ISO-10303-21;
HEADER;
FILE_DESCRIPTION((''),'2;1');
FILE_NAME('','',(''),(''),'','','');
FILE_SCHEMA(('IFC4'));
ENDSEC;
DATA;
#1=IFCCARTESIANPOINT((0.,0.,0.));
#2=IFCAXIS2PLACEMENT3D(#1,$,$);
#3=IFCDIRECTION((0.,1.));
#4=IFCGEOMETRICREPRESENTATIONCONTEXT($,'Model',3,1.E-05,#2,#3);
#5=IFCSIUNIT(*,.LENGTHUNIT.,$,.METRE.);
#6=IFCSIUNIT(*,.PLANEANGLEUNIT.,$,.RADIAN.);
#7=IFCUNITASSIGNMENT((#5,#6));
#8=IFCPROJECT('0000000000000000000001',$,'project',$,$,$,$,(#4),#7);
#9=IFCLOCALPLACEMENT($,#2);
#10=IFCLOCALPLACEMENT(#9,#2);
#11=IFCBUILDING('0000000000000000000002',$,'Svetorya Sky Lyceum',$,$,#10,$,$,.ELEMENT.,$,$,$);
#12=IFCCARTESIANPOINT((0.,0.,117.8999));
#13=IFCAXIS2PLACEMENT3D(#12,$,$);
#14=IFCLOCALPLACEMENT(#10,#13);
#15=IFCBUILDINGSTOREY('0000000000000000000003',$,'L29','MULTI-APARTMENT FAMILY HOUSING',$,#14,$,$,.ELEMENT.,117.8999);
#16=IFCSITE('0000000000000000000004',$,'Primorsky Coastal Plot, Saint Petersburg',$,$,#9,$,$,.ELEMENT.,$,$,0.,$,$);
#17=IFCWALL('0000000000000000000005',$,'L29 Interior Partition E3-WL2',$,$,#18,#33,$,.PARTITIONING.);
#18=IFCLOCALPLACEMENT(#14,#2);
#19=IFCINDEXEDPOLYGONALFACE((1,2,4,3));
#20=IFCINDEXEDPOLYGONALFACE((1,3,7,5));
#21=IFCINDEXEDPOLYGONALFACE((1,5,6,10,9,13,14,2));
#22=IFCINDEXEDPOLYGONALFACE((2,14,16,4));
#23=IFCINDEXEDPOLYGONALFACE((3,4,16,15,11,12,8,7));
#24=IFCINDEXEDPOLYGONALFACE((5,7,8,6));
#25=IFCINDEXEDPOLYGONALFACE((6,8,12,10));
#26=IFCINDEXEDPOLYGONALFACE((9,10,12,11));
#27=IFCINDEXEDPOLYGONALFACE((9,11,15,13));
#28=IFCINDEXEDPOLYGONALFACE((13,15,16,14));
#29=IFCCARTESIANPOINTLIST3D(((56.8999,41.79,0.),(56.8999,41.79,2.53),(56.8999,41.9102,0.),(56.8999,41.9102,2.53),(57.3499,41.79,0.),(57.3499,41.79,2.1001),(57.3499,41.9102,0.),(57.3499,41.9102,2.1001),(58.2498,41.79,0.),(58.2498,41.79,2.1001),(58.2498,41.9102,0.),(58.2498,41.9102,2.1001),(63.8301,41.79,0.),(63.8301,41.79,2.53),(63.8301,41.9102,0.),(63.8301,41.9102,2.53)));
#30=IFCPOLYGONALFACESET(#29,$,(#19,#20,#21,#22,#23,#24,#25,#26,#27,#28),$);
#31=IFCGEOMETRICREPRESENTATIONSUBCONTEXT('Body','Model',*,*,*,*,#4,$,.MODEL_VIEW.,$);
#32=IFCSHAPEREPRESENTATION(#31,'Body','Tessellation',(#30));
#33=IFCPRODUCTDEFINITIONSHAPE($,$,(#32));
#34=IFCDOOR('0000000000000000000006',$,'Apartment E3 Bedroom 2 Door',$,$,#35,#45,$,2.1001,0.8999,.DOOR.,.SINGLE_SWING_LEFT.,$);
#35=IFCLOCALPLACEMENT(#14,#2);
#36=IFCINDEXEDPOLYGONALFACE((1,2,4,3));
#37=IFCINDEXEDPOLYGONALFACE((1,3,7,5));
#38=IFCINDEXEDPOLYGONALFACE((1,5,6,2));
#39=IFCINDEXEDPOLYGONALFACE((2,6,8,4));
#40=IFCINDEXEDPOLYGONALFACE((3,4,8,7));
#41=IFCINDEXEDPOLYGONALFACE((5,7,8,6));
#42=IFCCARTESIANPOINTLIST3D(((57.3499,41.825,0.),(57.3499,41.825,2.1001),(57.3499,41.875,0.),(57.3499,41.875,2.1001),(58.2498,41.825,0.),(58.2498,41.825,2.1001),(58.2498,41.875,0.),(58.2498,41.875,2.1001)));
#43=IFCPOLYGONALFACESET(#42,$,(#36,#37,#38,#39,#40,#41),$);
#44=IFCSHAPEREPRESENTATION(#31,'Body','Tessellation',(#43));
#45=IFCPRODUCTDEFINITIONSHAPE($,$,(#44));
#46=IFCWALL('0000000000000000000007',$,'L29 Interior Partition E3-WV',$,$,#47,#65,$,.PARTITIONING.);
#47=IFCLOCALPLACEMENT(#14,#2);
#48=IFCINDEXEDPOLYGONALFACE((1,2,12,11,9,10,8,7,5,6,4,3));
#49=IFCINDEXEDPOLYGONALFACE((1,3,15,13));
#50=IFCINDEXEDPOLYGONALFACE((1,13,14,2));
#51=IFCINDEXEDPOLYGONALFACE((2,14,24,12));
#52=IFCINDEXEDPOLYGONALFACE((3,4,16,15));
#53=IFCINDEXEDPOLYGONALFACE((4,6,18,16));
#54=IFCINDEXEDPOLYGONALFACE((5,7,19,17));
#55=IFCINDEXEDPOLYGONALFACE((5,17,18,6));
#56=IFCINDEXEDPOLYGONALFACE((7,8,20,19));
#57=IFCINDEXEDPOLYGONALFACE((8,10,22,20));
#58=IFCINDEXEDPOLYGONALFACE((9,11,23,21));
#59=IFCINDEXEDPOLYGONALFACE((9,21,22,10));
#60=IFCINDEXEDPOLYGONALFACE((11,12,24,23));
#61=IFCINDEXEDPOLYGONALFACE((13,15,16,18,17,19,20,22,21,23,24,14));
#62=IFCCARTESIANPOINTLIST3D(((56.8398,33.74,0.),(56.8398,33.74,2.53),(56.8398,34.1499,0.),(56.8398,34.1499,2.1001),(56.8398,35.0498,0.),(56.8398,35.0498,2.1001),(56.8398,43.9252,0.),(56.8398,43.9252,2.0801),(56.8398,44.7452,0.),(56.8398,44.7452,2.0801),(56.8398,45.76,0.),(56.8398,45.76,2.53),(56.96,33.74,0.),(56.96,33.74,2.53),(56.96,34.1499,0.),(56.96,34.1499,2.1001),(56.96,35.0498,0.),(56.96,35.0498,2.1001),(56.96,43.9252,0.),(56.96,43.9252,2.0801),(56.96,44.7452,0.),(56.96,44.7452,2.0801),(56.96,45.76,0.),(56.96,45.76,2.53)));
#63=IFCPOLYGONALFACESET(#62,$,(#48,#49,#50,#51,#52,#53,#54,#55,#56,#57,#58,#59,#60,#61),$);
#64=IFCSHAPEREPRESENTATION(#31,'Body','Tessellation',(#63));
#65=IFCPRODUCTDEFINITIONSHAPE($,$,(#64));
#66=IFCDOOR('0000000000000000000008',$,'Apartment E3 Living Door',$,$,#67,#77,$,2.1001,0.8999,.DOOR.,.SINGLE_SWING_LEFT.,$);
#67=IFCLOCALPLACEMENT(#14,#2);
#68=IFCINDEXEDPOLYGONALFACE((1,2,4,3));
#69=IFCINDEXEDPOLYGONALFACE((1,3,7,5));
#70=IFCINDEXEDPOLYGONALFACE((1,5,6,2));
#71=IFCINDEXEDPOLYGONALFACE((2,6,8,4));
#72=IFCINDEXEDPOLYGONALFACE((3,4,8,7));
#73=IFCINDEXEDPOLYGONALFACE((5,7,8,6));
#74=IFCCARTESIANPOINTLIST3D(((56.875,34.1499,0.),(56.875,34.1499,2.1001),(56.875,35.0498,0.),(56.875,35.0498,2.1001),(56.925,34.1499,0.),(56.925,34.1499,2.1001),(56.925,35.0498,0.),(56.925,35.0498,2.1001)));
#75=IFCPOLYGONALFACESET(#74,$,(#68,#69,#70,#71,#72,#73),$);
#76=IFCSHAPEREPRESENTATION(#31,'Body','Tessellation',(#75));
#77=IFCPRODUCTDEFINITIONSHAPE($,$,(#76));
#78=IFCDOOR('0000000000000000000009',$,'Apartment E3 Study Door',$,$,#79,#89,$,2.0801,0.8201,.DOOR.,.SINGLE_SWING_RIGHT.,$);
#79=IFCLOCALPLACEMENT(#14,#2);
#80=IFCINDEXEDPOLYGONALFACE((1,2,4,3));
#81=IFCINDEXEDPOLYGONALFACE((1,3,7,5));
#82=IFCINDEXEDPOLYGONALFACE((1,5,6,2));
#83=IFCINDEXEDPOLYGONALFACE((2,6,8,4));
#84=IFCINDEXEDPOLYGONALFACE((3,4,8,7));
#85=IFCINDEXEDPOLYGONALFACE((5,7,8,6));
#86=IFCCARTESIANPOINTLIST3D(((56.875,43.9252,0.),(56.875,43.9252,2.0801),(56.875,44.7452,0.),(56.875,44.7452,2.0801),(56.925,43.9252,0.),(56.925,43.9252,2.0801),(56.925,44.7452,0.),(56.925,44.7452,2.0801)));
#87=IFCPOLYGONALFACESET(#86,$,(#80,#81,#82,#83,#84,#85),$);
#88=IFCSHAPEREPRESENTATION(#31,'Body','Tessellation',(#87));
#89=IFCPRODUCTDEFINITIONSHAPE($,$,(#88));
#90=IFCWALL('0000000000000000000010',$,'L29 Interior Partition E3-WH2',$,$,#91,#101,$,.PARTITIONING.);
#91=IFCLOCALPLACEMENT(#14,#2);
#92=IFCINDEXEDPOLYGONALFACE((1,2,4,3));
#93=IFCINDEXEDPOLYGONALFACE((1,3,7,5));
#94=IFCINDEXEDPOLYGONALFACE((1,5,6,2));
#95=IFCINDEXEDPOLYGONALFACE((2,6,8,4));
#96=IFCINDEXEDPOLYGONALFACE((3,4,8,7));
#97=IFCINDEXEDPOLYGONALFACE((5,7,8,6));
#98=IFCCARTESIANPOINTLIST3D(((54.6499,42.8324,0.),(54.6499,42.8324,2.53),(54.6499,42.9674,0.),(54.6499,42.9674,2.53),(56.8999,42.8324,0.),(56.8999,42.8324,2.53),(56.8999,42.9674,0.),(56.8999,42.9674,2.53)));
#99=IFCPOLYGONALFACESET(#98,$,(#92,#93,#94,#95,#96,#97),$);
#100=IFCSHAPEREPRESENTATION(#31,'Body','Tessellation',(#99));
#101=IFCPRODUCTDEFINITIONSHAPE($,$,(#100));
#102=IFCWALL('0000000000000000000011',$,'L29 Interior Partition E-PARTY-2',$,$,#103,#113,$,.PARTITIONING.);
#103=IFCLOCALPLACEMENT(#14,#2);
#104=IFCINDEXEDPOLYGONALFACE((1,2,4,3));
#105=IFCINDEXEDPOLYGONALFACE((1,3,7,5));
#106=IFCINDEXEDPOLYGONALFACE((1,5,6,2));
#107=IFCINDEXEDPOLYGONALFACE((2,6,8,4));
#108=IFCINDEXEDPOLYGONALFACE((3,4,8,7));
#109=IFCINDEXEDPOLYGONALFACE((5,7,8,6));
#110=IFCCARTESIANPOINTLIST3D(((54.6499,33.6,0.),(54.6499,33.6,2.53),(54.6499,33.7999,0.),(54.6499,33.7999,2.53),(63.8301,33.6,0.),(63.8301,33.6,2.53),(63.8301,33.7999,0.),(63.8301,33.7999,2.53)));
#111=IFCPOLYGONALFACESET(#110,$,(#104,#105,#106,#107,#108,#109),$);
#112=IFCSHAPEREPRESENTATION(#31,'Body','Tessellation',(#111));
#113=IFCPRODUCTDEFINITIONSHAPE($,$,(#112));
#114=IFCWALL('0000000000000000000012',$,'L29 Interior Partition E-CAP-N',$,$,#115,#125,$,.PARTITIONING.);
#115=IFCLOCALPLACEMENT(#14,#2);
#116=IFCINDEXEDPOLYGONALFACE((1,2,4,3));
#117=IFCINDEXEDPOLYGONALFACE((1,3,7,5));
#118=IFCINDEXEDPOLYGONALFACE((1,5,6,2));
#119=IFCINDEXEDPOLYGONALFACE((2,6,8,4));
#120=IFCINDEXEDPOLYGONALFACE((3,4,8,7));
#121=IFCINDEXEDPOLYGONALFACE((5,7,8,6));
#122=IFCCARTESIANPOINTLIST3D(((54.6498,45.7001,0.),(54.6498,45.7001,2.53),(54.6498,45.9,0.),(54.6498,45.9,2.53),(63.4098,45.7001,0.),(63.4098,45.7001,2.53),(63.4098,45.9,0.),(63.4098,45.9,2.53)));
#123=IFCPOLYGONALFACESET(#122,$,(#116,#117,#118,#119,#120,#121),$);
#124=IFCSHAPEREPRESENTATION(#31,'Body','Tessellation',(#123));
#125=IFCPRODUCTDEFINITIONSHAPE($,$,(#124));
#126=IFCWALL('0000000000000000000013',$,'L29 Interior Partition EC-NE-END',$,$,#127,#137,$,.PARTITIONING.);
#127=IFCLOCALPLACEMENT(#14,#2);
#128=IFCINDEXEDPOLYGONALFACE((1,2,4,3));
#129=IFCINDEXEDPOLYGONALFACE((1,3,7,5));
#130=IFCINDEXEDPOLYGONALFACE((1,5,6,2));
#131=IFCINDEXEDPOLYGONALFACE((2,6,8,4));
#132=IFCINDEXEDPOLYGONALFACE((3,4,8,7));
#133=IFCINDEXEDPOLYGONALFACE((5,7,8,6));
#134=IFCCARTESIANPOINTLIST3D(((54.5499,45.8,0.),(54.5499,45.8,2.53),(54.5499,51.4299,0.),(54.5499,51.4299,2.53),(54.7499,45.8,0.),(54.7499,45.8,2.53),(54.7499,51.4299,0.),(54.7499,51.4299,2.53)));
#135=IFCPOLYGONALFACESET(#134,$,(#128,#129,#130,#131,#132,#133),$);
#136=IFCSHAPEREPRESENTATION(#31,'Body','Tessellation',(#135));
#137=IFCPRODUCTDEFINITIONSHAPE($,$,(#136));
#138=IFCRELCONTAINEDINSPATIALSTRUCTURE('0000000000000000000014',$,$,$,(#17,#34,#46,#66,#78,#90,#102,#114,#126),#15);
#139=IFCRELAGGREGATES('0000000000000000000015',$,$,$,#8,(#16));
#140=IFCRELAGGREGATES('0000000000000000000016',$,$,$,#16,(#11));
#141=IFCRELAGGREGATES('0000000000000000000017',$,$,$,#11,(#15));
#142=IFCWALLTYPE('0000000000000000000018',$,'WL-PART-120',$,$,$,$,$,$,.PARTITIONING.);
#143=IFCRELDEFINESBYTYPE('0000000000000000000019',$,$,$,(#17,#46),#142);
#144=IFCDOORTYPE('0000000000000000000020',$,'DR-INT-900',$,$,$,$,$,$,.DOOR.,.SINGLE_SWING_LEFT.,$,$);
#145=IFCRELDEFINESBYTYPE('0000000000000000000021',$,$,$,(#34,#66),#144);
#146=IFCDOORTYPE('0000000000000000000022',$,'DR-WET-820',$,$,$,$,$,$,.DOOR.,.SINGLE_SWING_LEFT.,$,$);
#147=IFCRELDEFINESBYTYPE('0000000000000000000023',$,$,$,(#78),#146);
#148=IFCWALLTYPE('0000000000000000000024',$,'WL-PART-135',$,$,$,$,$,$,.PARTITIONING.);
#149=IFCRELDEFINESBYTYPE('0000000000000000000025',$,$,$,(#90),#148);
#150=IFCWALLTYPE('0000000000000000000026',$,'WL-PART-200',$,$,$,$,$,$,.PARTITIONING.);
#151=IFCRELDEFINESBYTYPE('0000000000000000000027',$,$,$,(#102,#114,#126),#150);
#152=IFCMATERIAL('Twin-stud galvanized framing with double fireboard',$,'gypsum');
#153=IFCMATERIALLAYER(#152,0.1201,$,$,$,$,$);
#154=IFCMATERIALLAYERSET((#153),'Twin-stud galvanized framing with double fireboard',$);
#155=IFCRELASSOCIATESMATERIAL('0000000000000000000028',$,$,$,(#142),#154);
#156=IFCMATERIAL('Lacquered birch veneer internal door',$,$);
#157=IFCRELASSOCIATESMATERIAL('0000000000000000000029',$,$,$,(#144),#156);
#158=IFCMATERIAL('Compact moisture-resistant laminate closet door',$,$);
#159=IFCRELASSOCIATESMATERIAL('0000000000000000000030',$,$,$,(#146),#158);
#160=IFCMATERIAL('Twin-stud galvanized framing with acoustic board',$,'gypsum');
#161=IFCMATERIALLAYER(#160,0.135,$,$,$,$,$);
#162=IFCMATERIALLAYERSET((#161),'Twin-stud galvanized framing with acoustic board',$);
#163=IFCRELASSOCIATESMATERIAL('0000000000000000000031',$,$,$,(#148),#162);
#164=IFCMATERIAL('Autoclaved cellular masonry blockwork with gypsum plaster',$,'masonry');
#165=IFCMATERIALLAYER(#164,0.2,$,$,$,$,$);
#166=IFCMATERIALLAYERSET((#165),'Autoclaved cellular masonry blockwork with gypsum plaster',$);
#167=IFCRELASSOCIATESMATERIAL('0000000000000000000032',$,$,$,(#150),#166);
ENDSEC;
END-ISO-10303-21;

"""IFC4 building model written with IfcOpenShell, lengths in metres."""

from ifc_helpers import new_model, si_unit, direction, frame, frame_2d, origin, place, context, subcontext, project, spatial, rectangle, extrude, material, layer, layer_set, type_object, element, fill, save


model = new_model("IFC4")

# Units and contexts
model_context = context("Model", 3, precision=1e-05, world=origin(), true_north=direction((0.0, 1.0)))
body_context = subcontext(model_context, "Body", "Model", "MODEL_VIEW")
ifc_project = project(units=[si_unit("LENGTHUNIT", "METRE"), si_unit("PLANEANGLEUNIT", "RADIAN")], contexts=[model_context])

# Site, building, storey
site_placement = place(None, origin())
site = spatial("IfcSite", under=ifc_project, at=site_placement, Name="Primorsky Coastal Plot, Saint Petersburg", CompositionType="ELEMENT", RefElevation=0.0)
building_placement = place(site_placement, origin())
building = spatial("IfcBuilding", under=site, at=building_placement, Name="Svetorya Sky Lyceum", CompositionType="ELEMENT")
storey_placement = place(building_placement, frame((0.0, 0.0, 117.8999)))
storey = spatial("IfcBuildingStorey", under=building, at=storey_placement, Name="L29", Description="MULTI-APARTMENT FAMILY HOUSING", CompositionType="ELEMENT", Elevation=117.8999)

# Wall, opening, door
ifc_material_1 = material(Name="Twin-stud galvanized framing with double fireboard", Category="gypsum")
ifc_layer_1 = layer(ifc_material_1, 0.1201)
ifc_layer_set_1 = layer_set([ifc_layer_1], Name="Twin-stud galvanized framing with double fireboard")
wall_type_1 = type_object("IfcWallType", Name="WL-PART-120", PredefinedType="PARTITIONING", material=ifc_layer_set_1)
ifc_material_2 = material(Name="Lacquered birch veneer internal door")
door_type_1 = type_object("IfcDoorType", Name="DR-INT-900", OperationType="SINGLE_SWING_LEFT", PredefinedType="DOOR", material=ifc_material_2)
wall_1_placement = place(storey_placement, frame((56.8999, 41.8501, 0.0), z_axis=(0.0, 0.0, 1.0), x_axis=(1.0, 0.0, 0.0)))
wall_1 = element("IfcWall", 1, at=wall_1_placement, inside=storey, type_object=wall_type_1, Name="L29 Interior Partition E3-WL2", PredefinedType="PARTITIONING", context=body_context, shape_type="SweptSolid", body=[
    extrude(rectangle(XDim=6.9302, YDim=0.1201, at=frame_2d((3.4651, 0.0))), origin(), (0.0, 0.0, 1.0), 2.53),
])
opening_1_placement = place(wall_1_placement, frame((0.45, 0.0, 0.0)))
opening_1 = element("IfcOpeningElement", 2, at=opening_1_placement, cuts=wall_1, PredefinedType="OPENING", context=body_context, shape_type="SweptSolid", body=[
    extrude(rectangle(XDim=0.8999, YDim=2.1001, at=frame_2d((0.45, 1.05))), frame((0.0, 0.0701, 0.0), z_axis=(0.0, -1.0, 0.0), x_axis=(1.0, 0.0, 0.0)), (0.0, 0.0, 1.0), 0.1401),
])
door_1_placement = place(opening_1_placement, origin())
door_1 = element("IfcDoor", 3, at=door_1_placement, inside=storey, type_object=door_type_1, Name="Apartment E3 Bedroom 2 Door", OperationType="SINGLE_SWING_LEFT", OverallHeight=2.1001, OverallWidth=0.8999, PredefinedType="DOOR", context=body_context, shape_type="SweptSolid", body=[
    extrude(rectangle(XDim=0.8999, YDim=2.1001, at=frame_2d((0.45, 1.05))), frame((0.0, 0.0249, 0.0), z_axis=(0.0, -1.0, 0.0), x_axis=(1.0, 0.0, 0.0)), (0.0, 0.0, 1.0), 0.05),
])
fill(opening_1, door_1)

# Wall, openings, doors
wall_2_placement = place(storey_placement, frame((56.8999, 33.74, 0.0), z_axis=(0.0, 0.0, 1.0), x_axis=(0.0, 1.0, 0.0)))
wall_2 = element("IfcWall", 4, at=wall_2_placement, inside=storey, type_object=wall_type_1, Name="L29 Interior Partition E3-WV", PredefinedType="PARTITIONING", context=body_context, shape_type="SweptSolid", body=[
    extrude(rectangle(XDim=12.02, YDim=0.1201, at=frame_2d((6.01, 0.0))), origin(), (0.0, 0.0, 1.0), 2.53),
])
opening_2_placement = place(wall_2_placement, frame((0.4099, 0.0, 0.0)))
opening_2 = element("IfcOpeningElement", 5, at=opening_2_placement, cuts=wall_2, PredefinedType="OPENING", context=body_context, shape_type="SweptSolid", body=[
    extrude(rectangle(XDim=0.8999, YDim=2.1001, at=frame_2d((0.45, 1.05))), frame((0.0, 0.0701, 0.0), z_axis=(0.0, -1.0, 0.0), x_axis=(1.0, 0.0, 0.0)), (0.0, 0.0, 1.0), 0.1401),
])
opening_3_placement = place(wall_2_placement, frame((10.1851, 0.0, 0.0)))
opening_3 = element("IfcOpeningElement", 6, at=opening_3_placement, cuts=wall_2, PredefinedType="OPENING", context=body_context, shape_type="SweptSolid", body=[
    extrude(rectangle(XDim=0.8201, YDim=2.0801, at=frame_2d((0.4102, 1.04))), frame((0.0, 0.0701, 0.0), z_axis=(0.0, -1.0, 0.0), x_axis=(1.0, 0.0, 0.0)), (0.0, 0.0, 1.0), 0.1401),
])
door_2_placement = place(opening_2_placement, origin())
door_2 = element("IfcDoor", 7, at=door_2_placement, inside=storey, type_object=door_type_1, Name="Apartment E3 Living Door", OperationType="SINGLE_SWING_LEFT", OverallHeight=2.1001, OverallWidth=0.8999, PredefinedType="DOOR", context=body_context, shape_type="SweptSolid", body=[
    extrude(rectangle(XDim=0.8999, YDim=2.1001, at=frame_2d((0.45, 1.05))), frame((0.0, 0.0249, 0.0), z_axis=(0.0, -1.0, 0.0), x_axis=(1.0, 0.0, 0.0)), (0.0, 0.0, 1.0), 0.05),
])
fill(opening_2, door_2)
ifc_material_3 = material(Name="Compact moisture-resistant laminate closet door")
door_type_2 = type_object("IfcDoorType", Name="DR-WET-820", OperationType="SINGLE_SWING_LEFT", PredefinedType="DOOR", material=ifc_material_3)
door_3_placement = place(opening_3_placement, origin())
door_3 = element("IfcDoor", 8, at=door_3_placement, inside=storey, type_object=door_type_2, Name="Apartment E3 Study Door", OperationType="SINGLE_SWING_RIGHT", OverallHeight=2.0801, OverallWidth=0.8201, PredefinedType="DOOR", context=body_context, shape_type="SweptSolid", body=[
    extrude(rectangle(XDim=0.8201, YDim=2.0801, at=frame_2d((0.4102, 1.04))), frame((0.0, 0.0249, 0.0), z_axis=(0.0, -1.0, 0.0), x_axis=(1.0, 0.0, 0.0)), (0.0, 0.0, 1.0), 0.05),
])
fill(opening_3, door_3)

# Walls
ifc_material_4 = material(Name="Twin-stud galvanized framing with acoustic board", Category="gypsum")
ifc_layer_2 = layer(ifc_material_4, 0.135)
ifc_layer_set_2 = layer_set([ifc_layer_2], Name="Twin-stud galvanized framing with acoustic board")
wall_type_2 = type_object("IfcWallType", Name="WL-PART-135", PredefinedType="PARTITIONING", material=ifc_layer_set_2)
wall_3_placement = place(storey_placement, frame((54.6499, 42.8999, 0.0), z_axis=(0.0, 0.0, 1.0), x_axis=(1.0, 0.0, 0.0)))
element("IfcWall", 9, at=wall_3_placement, inside=storey, type_object=wall_type_2, Name="L29 Interior Partition E3-WH2", PredefinedType="PARTITIONING", context=body_context, shape_type="SweptSolid", body=[
    extrude(rectangle(XDim=2.25, YDim=0.135, at=frame_2d((1.125, 0.0))), origin(), (0.0, 0.0, 1.0), 2.53),
])
ifc_material_5 = material(Name="Autoclaved cellular masonry blockwork with gypsum plaster", Category="masonry")
ifc_layer_3 = layer(ifc_material_5, 0.2)
ifc_layer_set_3 = layer_set([ifc_layer_3], Name="Autoclaved cellular masonry blockwork with gypsum plaster")
wall_type_3 = type_object("IfcWallType", Name="WL-PART-200", PredefinedType="PARTITIONING", material=ifc_layer_set_3)
wall_4_placement = place(storey_placement, frame((54.6499, 33.7, 0.0), z_axis=(0.0, 0.0, 1.0), x_axis=(1.0, 0.0, 0.0)))
element("IfcWall", 10, at=wall_4_placement, inside=storey, type_object=wall_type_3, Name="L29 Interior Partition E-PARTY-2", PredefinedType="PARTITIONING", context=body_context, shape_type="SweptSolid", body=[
    extrude(rectangle(XDim=9.1802, YDim=0.2, at=frame_2d((4.5901, 0.0))), origin(), (0.0, 0.0, 1.0), 2.53),
])
wall_5_placement = place(storey_placement, frame((54.6499, 45.8, 0.0), z_axis=(0.0, 0.0, 1.0), x_axis=(1.0, 0.0, 0.0)))
element("IfcWall", 11, at=wall_5_placement, inside=storey, type_object=wall_type_3, Name="L29 Interior Partition E-CAP-N", PredefinedType="PARTITIONING", context=body_context, shape_type="SweptSolid", body=[
    extrude(rectangle(XDim=8.76, YDim=0.2, at=frame_2d((4.3799, 0.0))), origin(), (0.0, 0.0, 1.0), 2.53),
])
wall_6_placement = place(storey_placement, frame((54.6499, 45.8, 0.0), z_axis=(0.0, 0.0, 1.0), x_axis=(0.0, 1.0, 0.0)))
element("IfcWall", 12, at=wall_6_placement, inside=storey, type_object=wall_type_3, Name="L29 Interior Partition EC-NE-END", PredefinedType="PARTITIONING", context=body_context, shape_type="SweptSolid", body=[
    extrude(rectangle(XDim=5.6299, YDim=0.2, at=frame_2d((2.8149, 0.0))), origin(), (0.0, 0.0, 1.0), 2.53),
])

save(model, "model.ifc")
